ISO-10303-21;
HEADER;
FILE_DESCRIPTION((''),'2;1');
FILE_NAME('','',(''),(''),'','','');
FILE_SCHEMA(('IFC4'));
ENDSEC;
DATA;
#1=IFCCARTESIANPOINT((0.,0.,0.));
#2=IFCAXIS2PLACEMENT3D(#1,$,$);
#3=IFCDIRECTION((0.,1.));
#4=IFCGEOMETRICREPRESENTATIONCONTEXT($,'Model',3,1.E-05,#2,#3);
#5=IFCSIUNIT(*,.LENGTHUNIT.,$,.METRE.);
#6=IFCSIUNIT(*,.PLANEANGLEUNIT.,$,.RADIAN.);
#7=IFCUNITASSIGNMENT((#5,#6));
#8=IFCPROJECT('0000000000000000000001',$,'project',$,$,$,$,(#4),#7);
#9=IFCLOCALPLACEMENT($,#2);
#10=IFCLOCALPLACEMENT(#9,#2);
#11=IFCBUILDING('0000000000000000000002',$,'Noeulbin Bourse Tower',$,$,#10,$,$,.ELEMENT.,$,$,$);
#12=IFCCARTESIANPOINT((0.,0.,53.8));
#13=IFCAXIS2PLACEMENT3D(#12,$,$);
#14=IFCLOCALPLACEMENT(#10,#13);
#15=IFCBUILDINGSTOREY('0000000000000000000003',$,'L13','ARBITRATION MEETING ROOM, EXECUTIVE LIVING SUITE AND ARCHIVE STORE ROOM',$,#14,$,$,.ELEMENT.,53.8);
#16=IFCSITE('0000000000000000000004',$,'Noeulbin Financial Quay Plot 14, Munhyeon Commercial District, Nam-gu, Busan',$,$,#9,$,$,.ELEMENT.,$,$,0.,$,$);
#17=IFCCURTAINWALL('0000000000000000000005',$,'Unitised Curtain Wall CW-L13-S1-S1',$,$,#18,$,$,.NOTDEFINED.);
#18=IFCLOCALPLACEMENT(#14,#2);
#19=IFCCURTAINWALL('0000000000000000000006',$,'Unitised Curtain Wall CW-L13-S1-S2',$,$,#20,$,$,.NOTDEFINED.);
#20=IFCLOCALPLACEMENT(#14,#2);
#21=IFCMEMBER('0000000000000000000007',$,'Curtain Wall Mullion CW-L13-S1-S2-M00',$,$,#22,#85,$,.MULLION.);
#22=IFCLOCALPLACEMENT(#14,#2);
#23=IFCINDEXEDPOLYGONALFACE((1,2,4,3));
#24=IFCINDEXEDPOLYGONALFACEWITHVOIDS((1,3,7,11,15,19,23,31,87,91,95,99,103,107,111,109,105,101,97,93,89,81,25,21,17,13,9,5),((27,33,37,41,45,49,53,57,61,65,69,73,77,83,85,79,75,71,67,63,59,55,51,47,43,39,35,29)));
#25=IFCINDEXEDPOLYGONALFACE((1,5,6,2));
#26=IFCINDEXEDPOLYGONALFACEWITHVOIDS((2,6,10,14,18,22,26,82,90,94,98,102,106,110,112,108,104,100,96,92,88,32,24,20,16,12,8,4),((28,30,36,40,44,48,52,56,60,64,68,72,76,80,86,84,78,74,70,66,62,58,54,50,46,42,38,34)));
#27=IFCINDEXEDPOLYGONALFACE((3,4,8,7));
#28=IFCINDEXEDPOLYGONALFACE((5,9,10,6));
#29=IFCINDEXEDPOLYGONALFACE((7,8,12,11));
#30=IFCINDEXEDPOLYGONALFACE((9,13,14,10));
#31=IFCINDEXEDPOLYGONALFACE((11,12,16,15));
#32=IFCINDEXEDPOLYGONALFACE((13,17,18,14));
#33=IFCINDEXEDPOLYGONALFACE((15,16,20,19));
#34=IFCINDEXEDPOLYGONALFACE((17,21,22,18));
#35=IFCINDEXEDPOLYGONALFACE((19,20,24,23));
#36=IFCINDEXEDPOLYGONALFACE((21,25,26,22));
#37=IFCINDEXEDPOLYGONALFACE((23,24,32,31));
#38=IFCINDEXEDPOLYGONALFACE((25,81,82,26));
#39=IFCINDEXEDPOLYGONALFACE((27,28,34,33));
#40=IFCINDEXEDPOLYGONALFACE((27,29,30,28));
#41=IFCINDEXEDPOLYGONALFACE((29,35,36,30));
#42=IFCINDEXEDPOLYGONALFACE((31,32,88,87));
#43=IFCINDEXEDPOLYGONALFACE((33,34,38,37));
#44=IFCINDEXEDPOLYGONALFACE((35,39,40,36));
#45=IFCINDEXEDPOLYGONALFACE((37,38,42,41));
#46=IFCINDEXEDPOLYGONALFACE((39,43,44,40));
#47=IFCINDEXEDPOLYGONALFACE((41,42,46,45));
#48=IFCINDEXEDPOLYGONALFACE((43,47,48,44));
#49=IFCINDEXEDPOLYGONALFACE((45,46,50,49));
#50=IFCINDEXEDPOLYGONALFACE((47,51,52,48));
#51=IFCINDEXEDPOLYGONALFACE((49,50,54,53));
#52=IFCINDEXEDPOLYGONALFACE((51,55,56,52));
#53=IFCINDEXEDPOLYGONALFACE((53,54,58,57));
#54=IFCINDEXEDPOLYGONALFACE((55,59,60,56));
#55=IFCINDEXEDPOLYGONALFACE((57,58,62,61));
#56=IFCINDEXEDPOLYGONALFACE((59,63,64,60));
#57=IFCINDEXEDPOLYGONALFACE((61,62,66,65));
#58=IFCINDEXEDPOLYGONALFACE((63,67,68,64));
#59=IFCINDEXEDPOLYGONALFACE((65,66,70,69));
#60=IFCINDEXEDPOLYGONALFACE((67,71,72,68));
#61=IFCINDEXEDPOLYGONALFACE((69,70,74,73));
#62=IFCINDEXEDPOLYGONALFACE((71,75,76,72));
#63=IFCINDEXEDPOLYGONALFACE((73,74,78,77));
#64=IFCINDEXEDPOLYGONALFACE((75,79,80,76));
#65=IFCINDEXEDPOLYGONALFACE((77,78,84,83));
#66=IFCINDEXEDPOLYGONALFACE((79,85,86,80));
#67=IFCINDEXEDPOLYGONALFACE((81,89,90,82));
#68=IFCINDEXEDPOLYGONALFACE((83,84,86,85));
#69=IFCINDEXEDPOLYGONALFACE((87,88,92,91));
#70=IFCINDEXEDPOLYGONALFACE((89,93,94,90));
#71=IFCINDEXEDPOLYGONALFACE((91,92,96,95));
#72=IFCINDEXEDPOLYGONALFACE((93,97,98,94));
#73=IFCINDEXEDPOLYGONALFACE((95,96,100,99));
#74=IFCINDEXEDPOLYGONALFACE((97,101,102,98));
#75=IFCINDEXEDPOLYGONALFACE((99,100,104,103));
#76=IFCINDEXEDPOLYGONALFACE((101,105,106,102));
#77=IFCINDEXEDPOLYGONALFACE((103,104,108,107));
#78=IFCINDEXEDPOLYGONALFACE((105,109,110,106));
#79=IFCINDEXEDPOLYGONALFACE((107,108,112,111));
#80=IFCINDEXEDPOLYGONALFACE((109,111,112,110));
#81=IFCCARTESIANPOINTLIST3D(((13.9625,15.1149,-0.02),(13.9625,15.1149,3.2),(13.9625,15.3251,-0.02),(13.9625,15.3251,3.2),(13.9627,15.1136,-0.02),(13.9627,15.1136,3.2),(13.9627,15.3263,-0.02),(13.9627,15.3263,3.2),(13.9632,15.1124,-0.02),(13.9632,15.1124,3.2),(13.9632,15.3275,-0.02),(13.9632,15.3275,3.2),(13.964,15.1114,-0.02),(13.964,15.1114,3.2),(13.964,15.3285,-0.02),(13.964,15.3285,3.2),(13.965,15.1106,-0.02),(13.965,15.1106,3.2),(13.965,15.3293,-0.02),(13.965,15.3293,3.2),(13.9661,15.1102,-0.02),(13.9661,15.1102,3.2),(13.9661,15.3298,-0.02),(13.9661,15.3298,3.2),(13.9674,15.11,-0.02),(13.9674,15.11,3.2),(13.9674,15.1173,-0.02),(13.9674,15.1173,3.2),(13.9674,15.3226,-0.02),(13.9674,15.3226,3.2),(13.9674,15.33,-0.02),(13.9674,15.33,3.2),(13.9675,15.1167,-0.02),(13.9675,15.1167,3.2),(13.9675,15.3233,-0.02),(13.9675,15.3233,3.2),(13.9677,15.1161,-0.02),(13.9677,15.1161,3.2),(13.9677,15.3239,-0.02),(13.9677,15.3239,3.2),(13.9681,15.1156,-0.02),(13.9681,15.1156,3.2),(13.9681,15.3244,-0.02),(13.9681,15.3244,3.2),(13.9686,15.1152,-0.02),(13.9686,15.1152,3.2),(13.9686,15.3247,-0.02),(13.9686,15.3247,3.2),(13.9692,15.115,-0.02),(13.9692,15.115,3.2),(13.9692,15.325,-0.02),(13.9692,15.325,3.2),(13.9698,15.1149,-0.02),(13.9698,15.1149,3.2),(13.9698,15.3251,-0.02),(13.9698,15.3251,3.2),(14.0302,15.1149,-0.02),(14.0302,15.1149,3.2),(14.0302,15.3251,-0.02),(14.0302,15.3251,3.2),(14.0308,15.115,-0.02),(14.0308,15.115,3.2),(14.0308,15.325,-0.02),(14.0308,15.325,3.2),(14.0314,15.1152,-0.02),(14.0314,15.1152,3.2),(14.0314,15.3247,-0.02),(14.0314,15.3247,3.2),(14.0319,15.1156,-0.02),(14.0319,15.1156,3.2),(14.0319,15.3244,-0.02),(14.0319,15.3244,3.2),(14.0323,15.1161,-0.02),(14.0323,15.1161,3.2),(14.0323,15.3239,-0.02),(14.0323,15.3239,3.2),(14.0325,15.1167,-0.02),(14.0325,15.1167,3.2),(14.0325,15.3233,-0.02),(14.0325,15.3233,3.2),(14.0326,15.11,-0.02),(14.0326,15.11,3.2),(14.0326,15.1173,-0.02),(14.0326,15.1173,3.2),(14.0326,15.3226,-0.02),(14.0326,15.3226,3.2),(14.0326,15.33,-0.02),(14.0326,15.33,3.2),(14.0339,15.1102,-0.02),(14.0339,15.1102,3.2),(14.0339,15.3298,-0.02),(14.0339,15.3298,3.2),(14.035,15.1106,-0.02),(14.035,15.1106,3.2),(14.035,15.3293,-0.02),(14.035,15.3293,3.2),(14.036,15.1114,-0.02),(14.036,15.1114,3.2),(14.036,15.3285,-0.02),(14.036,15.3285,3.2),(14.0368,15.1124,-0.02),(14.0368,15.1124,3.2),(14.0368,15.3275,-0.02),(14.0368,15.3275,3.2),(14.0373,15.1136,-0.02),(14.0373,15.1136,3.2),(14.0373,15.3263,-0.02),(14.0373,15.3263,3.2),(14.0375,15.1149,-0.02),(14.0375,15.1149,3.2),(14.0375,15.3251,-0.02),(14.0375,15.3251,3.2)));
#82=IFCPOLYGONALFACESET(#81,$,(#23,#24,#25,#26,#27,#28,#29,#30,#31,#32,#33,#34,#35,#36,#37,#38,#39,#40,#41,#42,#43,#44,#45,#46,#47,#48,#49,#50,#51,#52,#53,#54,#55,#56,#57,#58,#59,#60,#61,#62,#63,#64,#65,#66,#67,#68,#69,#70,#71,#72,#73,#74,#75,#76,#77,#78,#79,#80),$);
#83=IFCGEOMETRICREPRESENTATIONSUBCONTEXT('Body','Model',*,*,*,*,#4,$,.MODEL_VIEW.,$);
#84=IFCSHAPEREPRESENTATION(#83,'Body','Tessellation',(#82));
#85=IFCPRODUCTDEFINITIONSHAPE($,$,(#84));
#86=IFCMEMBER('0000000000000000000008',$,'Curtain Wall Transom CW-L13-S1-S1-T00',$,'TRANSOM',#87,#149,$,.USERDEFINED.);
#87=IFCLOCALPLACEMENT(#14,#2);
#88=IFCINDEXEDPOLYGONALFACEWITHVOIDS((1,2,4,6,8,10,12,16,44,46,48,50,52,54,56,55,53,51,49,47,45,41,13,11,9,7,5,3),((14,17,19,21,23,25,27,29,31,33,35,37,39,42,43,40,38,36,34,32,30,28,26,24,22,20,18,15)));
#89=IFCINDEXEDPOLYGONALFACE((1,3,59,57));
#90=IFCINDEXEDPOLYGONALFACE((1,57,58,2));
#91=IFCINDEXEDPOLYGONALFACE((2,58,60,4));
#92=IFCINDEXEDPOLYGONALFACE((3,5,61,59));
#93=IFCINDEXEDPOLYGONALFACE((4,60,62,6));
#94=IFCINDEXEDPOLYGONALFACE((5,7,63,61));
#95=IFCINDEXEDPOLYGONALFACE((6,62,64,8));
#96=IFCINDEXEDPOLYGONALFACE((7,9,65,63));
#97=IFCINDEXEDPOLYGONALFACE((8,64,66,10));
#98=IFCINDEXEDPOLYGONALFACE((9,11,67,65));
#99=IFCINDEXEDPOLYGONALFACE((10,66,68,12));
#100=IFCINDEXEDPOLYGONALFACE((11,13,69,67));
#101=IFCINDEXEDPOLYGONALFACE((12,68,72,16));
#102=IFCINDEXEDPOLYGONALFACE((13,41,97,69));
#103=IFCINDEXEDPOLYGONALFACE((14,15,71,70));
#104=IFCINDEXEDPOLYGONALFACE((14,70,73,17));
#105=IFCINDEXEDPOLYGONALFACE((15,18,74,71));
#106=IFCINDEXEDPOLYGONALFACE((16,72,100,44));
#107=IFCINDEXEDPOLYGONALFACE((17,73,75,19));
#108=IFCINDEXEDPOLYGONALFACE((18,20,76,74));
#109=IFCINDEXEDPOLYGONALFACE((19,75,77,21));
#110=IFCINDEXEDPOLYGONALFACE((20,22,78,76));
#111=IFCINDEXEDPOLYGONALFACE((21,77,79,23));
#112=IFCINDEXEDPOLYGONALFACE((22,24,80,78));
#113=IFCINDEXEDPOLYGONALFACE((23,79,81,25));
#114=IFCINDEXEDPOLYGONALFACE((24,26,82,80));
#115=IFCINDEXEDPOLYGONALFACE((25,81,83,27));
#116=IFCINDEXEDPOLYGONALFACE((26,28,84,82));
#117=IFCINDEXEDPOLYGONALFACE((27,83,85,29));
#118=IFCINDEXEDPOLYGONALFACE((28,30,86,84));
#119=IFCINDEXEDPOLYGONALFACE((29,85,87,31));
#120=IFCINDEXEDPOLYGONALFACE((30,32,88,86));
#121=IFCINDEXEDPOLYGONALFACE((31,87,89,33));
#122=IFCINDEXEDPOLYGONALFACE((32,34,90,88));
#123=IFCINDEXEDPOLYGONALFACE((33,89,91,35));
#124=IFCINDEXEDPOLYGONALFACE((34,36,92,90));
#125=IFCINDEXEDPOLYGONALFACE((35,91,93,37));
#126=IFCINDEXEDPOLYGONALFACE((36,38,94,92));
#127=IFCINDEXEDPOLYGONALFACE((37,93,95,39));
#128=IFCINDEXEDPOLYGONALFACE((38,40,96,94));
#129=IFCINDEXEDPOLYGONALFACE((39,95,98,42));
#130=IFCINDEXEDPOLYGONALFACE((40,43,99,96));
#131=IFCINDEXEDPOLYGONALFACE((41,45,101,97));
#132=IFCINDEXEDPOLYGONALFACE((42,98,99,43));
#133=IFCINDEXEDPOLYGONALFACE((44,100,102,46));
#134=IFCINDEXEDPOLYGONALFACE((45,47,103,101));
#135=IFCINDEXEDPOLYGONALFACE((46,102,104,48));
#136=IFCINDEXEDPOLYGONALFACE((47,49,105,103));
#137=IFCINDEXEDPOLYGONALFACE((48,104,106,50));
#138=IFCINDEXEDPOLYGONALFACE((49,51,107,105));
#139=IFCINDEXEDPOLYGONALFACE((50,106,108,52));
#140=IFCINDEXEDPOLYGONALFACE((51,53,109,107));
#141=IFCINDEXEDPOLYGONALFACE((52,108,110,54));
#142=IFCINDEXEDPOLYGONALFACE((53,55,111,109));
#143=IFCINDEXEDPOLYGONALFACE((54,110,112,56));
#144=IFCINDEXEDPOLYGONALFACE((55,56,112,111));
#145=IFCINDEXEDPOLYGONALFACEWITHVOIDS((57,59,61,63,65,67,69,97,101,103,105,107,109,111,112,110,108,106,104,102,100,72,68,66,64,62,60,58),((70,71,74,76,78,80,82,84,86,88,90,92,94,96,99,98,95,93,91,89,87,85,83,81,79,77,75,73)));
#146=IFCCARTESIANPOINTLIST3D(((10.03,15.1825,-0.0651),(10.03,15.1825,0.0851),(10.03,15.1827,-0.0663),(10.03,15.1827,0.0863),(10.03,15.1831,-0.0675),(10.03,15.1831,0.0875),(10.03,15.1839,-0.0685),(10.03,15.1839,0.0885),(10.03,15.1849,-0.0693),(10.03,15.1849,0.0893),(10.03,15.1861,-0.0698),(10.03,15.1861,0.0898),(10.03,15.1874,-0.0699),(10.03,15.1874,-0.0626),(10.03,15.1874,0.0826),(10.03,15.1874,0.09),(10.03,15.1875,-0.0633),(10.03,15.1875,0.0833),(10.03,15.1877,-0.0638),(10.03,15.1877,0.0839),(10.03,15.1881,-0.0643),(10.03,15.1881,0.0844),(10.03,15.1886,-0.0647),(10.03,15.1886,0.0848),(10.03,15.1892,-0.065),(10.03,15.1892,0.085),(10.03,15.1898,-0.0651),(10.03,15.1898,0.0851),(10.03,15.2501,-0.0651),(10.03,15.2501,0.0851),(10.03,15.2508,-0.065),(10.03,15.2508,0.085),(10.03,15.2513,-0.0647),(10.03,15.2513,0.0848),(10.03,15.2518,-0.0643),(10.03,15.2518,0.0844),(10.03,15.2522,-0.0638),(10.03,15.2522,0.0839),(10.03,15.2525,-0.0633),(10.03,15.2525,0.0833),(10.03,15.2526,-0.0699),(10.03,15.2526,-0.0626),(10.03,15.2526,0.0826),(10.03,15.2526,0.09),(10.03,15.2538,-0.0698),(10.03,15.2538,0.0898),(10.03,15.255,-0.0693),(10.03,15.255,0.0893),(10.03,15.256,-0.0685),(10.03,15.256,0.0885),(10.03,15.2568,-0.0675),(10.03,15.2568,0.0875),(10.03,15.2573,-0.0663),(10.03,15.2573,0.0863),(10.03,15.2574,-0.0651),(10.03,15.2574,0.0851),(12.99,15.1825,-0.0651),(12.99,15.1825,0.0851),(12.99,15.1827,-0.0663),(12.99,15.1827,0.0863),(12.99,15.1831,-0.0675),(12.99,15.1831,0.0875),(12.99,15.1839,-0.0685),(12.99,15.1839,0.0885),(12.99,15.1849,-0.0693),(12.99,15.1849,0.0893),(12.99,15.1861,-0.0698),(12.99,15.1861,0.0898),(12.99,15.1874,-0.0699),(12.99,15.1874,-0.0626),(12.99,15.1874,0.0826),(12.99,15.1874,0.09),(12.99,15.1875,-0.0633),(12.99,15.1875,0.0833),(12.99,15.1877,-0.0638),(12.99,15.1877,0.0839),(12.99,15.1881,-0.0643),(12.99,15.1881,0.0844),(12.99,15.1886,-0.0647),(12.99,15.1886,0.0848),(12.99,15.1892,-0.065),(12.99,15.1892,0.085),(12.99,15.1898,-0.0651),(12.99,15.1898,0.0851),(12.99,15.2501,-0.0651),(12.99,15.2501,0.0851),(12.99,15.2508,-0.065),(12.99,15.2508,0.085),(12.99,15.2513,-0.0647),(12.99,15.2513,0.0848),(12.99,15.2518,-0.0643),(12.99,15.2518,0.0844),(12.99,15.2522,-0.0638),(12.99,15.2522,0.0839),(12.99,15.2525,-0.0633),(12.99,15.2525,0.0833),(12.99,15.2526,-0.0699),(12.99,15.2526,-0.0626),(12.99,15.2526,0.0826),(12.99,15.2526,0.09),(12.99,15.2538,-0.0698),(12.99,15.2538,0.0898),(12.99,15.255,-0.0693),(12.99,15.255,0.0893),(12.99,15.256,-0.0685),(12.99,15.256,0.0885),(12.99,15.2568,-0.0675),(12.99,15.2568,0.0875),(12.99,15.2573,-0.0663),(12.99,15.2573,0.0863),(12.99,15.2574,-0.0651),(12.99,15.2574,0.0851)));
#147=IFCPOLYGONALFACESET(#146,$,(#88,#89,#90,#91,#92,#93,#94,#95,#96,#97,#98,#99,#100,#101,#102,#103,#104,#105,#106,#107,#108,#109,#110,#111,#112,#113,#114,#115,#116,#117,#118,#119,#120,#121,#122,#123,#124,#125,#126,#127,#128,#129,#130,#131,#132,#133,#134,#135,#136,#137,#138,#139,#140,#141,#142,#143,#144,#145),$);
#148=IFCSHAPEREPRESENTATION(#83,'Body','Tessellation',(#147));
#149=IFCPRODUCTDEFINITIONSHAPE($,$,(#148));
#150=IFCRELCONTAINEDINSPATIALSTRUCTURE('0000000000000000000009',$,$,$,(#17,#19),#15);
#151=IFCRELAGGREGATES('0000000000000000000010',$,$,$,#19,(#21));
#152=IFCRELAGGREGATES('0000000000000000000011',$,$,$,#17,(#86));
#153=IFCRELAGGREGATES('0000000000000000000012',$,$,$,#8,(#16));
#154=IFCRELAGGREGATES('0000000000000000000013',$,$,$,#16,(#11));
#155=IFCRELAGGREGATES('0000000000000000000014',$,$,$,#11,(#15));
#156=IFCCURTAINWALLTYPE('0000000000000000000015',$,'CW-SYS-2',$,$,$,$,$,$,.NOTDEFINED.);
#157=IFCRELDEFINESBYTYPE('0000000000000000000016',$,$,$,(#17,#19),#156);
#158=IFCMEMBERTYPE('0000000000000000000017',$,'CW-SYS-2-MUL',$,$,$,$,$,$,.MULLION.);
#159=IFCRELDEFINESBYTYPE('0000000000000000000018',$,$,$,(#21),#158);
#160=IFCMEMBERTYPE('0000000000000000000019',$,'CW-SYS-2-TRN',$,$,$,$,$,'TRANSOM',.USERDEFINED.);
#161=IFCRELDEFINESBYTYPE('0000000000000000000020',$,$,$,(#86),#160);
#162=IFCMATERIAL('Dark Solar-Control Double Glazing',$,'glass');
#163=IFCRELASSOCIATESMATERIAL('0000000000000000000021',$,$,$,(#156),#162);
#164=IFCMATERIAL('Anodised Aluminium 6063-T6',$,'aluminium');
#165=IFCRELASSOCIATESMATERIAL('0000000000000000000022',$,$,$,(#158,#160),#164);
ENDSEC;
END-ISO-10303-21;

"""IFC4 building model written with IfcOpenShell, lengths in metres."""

from ifc_helpers import new_model, si_unit, direction, frame, origin, origin_2d, place, context, subcontext, project, spatial, hollow_rectangle, extrude, material, material_profile, profile_set, type_object, element, aggregate, save


model = new_model("IFC4")

# Units and contexts
model_context = context("Model", 3, precision=1e-05, world=origin(), true_north=direction((0.0, 1.0)))
body_context = subcontext(model_context, "Body", "Model", "MODEL_VIEW")
ifc_project = project(units=[si_unit("LENGTHUNIT", "METRE"), si_unit("PLANEANGLEUNIT", "RADIAN")], contexts=[model_context])

# Site, building, storey
site_placement = place(None, origin())
site = spatial("IfcSite", under=ifc_project, at=site_placement, Name="Noeulbin Financial Quay Plot 14, Munhyeon Commercial District, Nam-gu, Busan", CompositionType="ELEMENT", RefElevation=0.0)
building_placement = place(site_placement, origin())
building = spatial("IfcBuilding", under=site, at=building_placement, Name="Noeulbin Bourse Tower", CompositionType="ELEMENT")
storey_placement = place(building_placement, frame((0.0, 0.0, 53.8)))
storey = spatial("IfcBuildingStorey", under=building, at=storey_placement, Name="L13", Description="ARBITRATION MEETING ROOM, EXECUTIVE LIVING SUITE AND ARCHIVE STORE ROOM", CompositionType="ELEMENT", Elevation=53.8)

# Curtain wall
ifc_material_1 = material(Name="Dark Solar-Control Double Glazing", Category="glass")
curtain_wall_type = type_object("IfcCurtainWallType", Name="CW-SYS-2", PredefinedType="NOTDEFINED", material=ifc_material_1)
curtain_wall_1_placement = place(storey_placement, origin())
curtain_wall_1 = element("IfcCurtainWall", 1, at=curtain_wall_1_placement, inside=storey, type_object=curtain_wall_type, Name="Unitised Curtain Wall CW-L13-S1-S1", PredefinedType="NOTDEFINED")
ifc_material_2 = material(Name="Anodised Aluminium 6063-T6", Category="aluminium")
ifc_material_profile_1 = material_profile(ifc_material_2, hollow_rectangle(XDim=0.075, YDim=0.22, WallThickness=0.0049, InnerFilletRadius=0.0024, OuterFilletRadius=0.0049, at=origin_2d()), Name="ALU-MULL-75x220x5", Category="LoadBearing")
ifc_profile_set_1 = profile_set([ifc_material_profile_1], Name="Anodised Aluminium 6063-T6")
member_type_1 = type_object("IfcMemberType", Name="CW-SYS-2-MUL", PredefinedType="MULLION", material=ifc_profile_set_1)

# Curtain wall, member
curtain_wall_2_placement = place(storey_placement, origin())
curtain_wall_2 = element("IfcCurtainWall", 2, at=curtain_wall_2_placement, inside=storey, type_object=curtain_wall_type, Name="Unitised Curtain Wall CW-L13-S1-S2", PredefinedType="NOTDEFINED")
member_1_placement = place(storey_placement, frame((14.0, 15.22, -0.02), z_axis=(0.0, 0.0, 1.0), x_axis=(1.0, 0.0, 0.0)))
member_1 = element("IfcMember", 3, at=member_1_placement, type_object=member_type_1, Name="Curtain Wall Mullion CW-L13-S1-S2-M00", PredefinedType="MULLION", context=body_context, shape_type="SweptSolid", body=[
    extrude(hollow_rectangle(XDim=0.075, YDim=0.22, WallThickness=0.0049, InnerFilletRadius=0.0024, OuterFilletRadius=0.0049, at=origin_2d()), origin(), (0.0, 0.0, 1.0), 3.22),
])

# Member
ifc_material_profile_2 = material_profile(ifc_material_2, hollow_rectangle(XDim=0.075, YDim=0.1599, WallThickness=0.0049, InnerFilletRadius=0.0024, OuterFilletRadius=0.0049, at=origin_2d()), Name="ALU-TRAN-75x160x5", Category="LoadBearing")
ifc_profile_set_2 = profile_set([ifc_material_profile_2], Name="Anodised Aluminium 6063-T6")
member_type_2 = type_object("IfcMemberType", Name="CW-SYS-2-TRN", ElementType="TRANSOM", PredefinedType="USERDEFINED", material=ifc_profile_set_2)
member_2_placement = place(storey_placement, frame((10.03, 15.22, 0.01), z_axis=(1.0, 0.0, 0.0), x_axis=(0.0, 1.0, 0.0)))
member_2 = element("IfcMember", 4, at=member_2_placement, type_object=member_type_2, Name="Curtain Wall Transom CW-L13-S1-S1-T00", ObjectType="TRANSOM", PredefinedType="USERDEFINED", context=body_context, shape_type="SweptSolid", body=[
    extrude(hollow_rectangle(XDim=0.075, YDim=0.1599, WallThickness=0.0049, InnerFilletRadius=0.0024, OuterFilletRadius=0.0049, at=origin_2d()), origin(), (0.0, 0.0, 1.0), 2.96),
])
aggregate(curtain_wall_2, [member_1])

aggregate(curtain_wall_1, [member_2])

save(model, "model.ifc")
